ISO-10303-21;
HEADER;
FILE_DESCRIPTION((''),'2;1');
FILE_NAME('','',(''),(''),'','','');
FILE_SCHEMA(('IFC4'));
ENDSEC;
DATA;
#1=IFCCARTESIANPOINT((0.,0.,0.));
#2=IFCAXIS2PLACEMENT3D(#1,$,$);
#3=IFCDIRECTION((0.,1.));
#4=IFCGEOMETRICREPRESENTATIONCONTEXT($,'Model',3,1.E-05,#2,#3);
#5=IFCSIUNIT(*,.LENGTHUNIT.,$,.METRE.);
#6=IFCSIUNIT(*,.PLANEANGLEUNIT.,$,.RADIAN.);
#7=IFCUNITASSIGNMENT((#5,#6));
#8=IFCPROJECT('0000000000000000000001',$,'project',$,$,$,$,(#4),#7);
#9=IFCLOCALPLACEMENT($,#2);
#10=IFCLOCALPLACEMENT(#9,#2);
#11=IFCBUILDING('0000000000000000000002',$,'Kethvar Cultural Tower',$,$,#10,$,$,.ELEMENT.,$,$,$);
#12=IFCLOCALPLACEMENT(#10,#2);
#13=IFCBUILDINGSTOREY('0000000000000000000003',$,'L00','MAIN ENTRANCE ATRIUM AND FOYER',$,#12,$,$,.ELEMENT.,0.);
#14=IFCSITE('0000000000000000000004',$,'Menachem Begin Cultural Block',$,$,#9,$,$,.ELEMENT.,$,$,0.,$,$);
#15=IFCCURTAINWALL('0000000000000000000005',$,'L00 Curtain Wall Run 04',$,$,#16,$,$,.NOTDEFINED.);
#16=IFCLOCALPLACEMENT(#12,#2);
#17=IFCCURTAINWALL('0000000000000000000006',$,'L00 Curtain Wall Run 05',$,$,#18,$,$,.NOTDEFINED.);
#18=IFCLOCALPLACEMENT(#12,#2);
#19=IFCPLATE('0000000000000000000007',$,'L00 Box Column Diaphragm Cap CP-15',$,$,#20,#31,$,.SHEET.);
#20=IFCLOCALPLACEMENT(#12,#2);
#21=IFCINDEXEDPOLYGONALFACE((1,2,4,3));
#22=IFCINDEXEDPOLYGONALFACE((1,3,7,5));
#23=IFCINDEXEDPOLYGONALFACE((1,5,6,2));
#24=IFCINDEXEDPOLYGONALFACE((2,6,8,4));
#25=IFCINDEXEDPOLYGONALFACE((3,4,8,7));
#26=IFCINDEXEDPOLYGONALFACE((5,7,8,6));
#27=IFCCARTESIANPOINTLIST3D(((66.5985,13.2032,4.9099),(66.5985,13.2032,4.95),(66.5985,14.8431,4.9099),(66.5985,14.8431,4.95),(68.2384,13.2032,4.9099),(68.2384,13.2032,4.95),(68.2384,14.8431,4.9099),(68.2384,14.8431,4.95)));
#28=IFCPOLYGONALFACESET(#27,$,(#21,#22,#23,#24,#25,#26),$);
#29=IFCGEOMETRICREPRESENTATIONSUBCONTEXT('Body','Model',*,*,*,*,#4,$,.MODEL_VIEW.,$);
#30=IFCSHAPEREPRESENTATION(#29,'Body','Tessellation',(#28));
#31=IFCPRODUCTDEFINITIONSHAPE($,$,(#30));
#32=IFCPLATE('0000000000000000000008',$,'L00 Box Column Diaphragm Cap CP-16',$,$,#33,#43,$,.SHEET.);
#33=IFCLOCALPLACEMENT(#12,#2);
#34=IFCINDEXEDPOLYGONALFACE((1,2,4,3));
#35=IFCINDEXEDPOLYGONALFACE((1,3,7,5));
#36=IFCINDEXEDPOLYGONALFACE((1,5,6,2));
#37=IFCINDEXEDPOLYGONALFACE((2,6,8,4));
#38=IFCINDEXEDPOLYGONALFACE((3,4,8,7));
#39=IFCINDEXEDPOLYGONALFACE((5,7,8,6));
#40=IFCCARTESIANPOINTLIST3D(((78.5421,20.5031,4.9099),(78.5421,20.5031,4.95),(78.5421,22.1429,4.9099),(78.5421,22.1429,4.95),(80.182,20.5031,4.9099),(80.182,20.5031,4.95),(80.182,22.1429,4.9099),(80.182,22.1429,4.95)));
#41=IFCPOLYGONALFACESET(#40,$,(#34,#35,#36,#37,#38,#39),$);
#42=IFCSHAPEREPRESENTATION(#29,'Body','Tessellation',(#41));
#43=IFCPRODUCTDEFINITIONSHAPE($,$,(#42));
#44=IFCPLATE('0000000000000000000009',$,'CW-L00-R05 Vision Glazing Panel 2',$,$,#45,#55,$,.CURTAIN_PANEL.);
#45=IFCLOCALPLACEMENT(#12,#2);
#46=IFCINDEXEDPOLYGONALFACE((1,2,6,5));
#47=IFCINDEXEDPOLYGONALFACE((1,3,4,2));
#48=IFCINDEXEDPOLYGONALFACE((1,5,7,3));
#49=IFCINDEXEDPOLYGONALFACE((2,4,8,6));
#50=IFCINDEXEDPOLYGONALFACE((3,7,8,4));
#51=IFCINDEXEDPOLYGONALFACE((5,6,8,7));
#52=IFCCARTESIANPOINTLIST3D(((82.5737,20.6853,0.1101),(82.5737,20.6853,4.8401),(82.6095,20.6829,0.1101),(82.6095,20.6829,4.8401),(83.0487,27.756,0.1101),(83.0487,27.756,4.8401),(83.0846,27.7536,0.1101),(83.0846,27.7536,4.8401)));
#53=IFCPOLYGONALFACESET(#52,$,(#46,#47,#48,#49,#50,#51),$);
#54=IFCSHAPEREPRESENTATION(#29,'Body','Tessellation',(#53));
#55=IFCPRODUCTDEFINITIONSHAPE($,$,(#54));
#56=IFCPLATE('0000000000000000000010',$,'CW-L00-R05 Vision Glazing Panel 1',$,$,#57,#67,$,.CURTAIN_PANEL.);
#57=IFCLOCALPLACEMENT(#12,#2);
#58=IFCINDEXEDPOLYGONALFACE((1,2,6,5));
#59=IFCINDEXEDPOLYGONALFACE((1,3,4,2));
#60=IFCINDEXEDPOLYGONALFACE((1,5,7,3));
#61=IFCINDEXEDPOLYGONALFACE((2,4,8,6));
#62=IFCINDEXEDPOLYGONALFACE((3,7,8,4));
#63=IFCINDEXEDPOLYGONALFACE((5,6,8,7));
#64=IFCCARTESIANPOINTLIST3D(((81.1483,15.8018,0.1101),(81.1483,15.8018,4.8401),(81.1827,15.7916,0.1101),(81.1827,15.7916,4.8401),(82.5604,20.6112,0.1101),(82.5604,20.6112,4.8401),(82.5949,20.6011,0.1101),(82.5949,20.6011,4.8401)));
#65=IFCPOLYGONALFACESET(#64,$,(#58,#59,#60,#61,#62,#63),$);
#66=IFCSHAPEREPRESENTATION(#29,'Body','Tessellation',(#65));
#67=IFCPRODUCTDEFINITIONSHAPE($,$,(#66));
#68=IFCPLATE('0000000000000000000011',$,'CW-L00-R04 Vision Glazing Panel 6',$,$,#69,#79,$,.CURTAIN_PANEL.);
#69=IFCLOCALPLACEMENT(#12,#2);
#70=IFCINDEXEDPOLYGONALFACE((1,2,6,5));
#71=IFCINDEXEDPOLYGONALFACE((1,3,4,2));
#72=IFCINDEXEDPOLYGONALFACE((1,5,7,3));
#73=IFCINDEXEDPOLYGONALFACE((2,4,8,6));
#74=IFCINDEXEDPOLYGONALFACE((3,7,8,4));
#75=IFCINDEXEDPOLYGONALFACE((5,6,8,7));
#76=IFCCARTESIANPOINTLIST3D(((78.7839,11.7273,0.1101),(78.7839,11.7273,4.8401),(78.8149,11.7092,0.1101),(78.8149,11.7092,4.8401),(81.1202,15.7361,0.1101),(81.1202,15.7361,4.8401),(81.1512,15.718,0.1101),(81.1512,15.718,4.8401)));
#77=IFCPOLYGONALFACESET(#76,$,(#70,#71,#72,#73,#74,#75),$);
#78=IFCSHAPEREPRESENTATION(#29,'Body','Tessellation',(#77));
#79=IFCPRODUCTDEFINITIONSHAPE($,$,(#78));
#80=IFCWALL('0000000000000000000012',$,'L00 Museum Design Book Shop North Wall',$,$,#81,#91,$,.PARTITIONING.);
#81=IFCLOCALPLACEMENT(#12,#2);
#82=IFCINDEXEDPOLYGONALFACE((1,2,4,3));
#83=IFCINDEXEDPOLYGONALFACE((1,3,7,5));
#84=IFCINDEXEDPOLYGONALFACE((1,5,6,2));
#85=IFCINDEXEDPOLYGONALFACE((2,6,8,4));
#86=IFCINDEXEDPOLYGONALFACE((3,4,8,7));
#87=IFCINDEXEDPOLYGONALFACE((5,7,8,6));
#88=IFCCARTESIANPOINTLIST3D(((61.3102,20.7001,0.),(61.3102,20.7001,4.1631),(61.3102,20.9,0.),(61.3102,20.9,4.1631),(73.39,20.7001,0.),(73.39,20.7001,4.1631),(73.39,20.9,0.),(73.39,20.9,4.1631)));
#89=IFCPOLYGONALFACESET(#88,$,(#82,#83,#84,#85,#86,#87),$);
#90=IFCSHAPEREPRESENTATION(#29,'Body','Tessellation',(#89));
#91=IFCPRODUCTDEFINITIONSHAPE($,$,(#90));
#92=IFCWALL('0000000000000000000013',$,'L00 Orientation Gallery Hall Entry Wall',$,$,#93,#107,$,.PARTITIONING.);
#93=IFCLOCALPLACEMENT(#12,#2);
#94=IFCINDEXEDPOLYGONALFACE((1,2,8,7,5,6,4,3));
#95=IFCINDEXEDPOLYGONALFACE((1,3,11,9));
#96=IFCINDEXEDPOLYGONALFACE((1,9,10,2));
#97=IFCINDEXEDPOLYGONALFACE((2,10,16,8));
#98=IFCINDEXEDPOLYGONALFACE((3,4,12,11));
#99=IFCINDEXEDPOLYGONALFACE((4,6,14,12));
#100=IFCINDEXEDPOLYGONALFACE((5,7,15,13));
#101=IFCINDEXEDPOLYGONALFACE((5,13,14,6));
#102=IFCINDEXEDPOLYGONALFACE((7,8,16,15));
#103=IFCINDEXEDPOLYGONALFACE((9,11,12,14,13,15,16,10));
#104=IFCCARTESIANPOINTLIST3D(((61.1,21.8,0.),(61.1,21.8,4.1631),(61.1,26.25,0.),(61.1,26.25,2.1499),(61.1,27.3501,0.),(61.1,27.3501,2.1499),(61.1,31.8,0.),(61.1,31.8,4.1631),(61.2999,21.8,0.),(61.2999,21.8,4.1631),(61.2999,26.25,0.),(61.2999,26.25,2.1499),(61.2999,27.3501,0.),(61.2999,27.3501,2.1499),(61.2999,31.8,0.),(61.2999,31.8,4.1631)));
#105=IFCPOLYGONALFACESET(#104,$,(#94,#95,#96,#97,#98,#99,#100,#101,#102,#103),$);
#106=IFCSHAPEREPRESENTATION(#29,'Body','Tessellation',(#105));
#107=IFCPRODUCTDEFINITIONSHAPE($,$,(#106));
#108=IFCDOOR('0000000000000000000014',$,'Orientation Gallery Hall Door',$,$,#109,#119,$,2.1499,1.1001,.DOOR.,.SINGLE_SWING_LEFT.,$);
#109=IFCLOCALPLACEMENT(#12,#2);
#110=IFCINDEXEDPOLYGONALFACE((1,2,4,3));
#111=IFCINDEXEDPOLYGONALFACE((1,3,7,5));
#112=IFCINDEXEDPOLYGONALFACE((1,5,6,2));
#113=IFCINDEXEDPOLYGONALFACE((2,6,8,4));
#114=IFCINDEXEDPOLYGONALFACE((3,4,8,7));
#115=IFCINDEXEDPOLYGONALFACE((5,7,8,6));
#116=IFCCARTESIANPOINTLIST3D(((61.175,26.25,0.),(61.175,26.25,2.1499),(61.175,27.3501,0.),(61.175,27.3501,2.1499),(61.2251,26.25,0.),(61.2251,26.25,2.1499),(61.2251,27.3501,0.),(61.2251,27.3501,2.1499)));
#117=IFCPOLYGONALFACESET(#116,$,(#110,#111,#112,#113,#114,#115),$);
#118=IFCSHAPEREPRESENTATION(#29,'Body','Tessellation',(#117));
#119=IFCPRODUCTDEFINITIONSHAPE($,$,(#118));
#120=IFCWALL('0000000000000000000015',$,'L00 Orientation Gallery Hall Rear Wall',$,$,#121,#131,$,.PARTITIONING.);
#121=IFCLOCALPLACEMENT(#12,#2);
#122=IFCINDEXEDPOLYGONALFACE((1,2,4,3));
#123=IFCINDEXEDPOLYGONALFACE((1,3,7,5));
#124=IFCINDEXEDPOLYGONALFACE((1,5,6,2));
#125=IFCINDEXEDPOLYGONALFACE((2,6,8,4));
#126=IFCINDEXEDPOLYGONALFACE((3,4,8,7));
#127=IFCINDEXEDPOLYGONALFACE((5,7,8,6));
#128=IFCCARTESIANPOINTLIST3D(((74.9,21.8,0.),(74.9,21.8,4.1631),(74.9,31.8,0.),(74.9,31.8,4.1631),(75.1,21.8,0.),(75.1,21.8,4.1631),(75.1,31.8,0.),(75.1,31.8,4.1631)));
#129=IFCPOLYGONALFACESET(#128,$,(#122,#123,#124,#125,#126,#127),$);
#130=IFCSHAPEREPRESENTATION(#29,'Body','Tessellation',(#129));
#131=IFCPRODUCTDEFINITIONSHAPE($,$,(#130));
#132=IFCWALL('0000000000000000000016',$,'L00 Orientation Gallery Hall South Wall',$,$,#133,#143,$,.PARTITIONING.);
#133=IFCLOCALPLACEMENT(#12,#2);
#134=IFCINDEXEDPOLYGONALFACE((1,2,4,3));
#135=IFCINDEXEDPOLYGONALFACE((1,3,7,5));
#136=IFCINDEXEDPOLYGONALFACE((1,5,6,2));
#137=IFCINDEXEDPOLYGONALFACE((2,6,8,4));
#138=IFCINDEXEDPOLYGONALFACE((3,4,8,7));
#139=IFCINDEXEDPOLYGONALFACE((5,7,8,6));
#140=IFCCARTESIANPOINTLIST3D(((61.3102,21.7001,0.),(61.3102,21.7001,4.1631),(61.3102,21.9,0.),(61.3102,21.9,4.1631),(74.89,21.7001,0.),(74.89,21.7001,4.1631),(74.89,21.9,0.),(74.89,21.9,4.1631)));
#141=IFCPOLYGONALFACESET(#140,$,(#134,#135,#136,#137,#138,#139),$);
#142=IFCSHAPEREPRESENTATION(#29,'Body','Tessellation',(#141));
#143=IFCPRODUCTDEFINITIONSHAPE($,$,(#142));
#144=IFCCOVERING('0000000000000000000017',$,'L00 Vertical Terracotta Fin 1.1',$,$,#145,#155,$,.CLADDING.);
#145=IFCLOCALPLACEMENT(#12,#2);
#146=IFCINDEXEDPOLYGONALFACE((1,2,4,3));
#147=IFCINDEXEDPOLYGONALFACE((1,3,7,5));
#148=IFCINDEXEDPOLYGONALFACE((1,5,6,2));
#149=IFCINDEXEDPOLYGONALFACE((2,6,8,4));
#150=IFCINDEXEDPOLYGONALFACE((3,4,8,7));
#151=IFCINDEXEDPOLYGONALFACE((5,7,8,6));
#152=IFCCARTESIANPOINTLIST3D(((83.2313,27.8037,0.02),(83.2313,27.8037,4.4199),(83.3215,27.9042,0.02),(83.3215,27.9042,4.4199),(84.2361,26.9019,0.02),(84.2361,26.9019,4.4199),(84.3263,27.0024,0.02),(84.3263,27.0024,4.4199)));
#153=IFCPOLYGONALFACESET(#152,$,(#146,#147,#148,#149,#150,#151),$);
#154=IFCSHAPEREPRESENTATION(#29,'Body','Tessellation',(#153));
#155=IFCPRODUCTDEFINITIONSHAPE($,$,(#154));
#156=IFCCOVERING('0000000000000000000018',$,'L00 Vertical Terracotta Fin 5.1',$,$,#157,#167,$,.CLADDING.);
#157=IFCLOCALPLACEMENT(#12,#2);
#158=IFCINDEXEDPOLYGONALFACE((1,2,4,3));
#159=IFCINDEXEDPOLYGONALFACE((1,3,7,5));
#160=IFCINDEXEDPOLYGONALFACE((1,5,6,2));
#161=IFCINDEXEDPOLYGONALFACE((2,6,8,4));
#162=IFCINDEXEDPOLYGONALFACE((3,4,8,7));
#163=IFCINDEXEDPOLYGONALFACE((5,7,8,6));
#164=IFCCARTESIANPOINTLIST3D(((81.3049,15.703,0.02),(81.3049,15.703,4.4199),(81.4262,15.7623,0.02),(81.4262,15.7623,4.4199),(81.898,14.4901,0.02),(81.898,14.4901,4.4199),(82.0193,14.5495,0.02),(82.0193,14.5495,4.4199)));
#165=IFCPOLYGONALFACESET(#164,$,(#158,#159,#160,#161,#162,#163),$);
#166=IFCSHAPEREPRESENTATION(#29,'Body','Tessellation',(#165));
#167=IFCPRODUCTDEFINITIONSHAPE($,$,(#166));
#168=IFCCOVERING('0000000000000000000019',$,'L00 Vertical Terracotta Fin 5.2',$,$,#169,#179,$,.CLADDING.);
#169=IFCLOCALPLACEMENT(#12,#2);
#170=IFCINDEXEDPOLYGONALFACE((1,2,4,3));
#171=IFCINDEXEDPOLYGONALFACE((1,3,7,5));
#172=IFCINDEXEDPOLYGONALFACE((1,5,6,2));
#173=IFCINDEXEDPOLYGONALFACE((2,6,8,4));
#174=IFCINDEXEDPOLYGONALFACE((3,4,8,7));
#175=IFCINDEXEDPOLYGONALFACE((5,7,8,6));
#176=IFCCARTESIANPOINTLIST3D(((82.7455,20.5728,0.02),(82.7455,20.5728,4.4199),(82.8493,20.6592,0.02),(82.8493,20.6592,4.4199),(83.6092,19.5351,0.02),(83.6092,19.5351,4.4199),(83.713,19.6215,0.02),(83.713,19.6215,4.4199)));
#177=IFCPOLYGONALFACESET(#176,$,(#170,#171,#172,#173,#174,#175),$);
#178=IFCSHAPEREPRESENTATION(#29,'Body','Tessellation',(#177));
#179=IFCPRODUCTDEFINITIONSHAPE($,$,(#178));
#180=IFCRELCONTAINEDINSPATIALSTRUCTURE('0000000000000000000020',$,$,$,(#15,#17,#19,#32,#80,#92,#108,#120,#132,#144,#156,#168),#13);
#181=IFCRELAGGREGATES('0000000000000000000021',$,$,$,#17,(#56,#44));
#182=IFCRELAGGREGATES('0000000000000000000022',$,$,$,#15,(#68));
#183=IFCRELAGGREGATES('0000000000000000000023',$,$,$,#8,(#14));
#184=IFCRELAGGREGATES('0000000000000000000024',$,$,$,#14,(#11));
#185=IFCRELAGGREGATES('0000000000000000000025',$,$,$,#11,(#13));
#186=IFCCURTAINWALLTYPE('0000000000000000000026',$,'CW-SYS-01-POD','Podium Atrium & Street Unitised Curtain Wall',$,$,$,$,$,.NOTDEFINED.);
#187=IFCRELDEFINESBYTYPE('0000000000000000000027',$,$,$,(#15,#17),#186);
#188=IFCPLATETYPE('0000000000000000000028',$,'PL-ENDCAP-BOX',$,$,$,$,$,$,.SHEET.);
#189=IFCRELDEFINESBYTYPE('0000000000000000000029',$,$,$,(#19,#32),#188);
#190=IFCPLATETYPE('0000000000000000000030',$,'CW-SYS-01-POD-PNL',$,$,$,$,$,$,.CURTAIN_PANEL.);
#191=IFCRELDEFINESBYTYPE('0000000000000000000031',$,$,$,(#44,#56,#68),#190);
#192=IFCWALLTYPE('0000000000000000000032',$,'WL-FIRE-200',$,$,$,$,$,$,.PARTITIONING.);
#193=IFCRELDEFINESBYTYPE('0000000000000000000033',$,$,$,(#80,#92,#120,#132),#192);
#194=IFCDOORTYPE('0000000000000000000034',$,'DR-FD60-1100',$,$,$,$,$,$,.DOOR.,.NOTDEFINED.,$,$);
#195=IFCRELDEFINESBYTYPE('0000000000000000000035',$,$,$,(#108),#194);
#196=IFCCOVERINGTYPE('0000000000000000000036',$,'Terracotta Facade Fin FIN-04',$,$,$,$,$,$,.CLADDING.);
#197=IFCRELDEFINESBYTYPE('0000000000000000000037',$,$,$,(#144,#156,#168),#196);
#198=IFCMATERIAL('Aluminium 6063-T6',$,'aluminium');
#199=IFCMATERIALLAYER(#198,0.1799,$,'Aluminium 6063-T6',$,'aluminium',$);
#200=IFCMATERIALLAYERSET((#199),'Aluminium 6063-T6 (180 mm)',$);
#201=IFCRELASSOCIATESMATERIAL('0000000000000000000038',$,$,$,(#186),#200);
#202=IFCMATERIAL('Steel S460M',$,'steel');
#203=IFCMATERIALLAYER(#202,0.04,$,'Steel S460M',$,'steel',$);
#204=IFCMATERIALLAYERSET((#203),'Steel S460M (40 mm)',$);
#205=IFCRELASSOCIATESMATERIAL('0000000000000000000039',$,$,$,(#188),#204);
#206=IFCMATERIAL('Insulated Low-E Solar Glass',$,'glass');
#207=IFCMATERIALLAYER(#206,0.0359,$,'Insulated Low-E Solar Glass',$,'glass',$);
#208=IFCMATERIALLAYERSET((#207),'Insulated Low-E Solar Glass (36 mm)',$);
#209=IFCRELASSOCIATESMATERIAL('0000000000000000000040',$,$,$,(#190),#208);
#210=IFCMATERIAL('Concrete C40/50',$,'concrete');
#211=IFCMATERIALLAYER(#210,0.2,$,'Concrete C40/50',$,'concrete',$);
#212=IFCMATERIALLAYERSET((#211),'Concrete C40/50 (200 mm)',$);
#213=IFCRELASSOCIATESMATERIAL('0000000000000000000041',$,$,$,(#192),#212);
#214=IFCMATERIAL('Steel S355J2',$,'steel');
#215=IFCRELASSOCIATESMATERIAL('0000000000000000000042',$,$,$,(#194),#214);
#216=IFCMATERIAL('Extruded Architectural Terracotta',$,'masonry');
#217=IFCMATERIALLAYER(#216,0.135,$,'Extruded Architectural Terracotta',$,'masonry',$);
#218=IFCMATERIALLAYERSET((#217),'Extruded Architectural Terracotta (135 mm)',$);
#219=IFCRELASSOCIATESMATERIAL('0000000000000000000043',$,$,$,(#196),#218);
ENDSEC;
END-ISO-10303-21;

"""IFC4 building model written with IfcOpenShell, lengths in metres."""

from ifc_helpers import new_model, si_unit, direction, frame, frame_2d, origin, origin_2d, place, context, subcontext, project, spatial, rectangle, extrude, source, transform, mapped, material, layer, layer_set, type_object, element, fill, aggregate, save


model = new_model("IFC4")

# Units and contexts
model_context = context("Model", 3, precision=1e-05, world=origin(), true_north=direction((0.0, 1.0)))
body_context = subcontext(model_context, "Body", "Model", "MODEL_VIEW")
ifc_project = project(units=[si_unit("LENGTHUNIT", "METRE"), si_unit("PLANEANGLEUNIT", "RADIAN")], contexts=[model_context])

# Site, building, storey
site_placement = place(None, origin())
site = spatial("IfcSite", under=ifc_project, at=site_placement, Name="Menachem Begin Cultural Block", CompositionType="ELEMENT", RefElevation=0.0)
building_placement = place(site_placement, origin())
building = spatial("IfcBuilding", under=site, at=building_placement, Name="Kethvar Cultural Tower", CompositionType="ELEMENT")
storey_placement = place(building_placement, origin())
storey = spatial("IfcBuildingStorey", under=building, at=storey_placement, Name="L00", Description="MAIN ENTRANCE ATRIUM AND FOYER", CompositionType="ELEMENT", Elevation=0.0)

# Shared definitions
ifc_material_1 = material(Name="Steel S460M", Category="steel")

# Shared definitions
ifc_material_2 = material(Name="Steel S355J2", Category="steel")

# Curtain walls
ifc_material_3 = material(Name="Aluminium 6063-T6", Category="aluminium")
ifc_layer_1 = layer(ifc_material_3, 0.1799, Name="Aluminium 6063-T6", Category="aluminium")
ifc_layer_set_1 = layer_set([ifc_layer_1], Name="Aluminium 6063-T6 (180 mm)")
curtain_wall_type = type_object("IfcCurtainWallType", Name="CW-SYS-01-POD", Description="Podium Atrium & Street Unitised Curtain Wall", PredefinedType="NOTDEFINED", material=ifc_layer_set_1)
curtain_wall_1_placement = place(storey_placement, origin())
curtain_wall_1 = element("IfcCurtainWall", 1, at=curtain_wall_1_placement, inside=storey, type_object=curtain_wall_type, Name="L00 Curtain Wall Run 04", PredefinedType="NOTDEFINED")
curtain_wall_2_placement = place(storey_placement, origin())
curtain_wall_2 = element("IfcCurtainWall", 2, at=curtain_wall_2_placement, inside=storey, type_object=curtain_wall_type, Name="L00 Curtain Wall Run 05", PredefinedType="NOTDEFINED")

# Plates
ifc_layer_2 = layer(ifc_material_1, 0.04, Name="Steel S460M", Category="steel")
ifc_layer_set_2 = layer_set([ifc_layer_2], Name="Steel S460M (40 mm)")
plate_type_1 = type_object("IfcPlateType", Name="PL-ENDCAP-BOX", PredefinedType="SHEET", material=ifc_layer_set_2)
shared_shape_1 = source(origin(), body_context, "Body", "SweptSolid", [
    extrude(rectangle(XDim=1.6399, YDim=1.6399, at=origin_2d()), origin(), (0.0, 0.0, 1.0), 0.04),
])
for number, where, z_axis, x_axis, name in (
    (3, (67.4185, 14.0232, 4.9099), (0.0, 0.0, 1.0), (1.0, 0.0, 0.0), "L00 Box Column Diaphragm Cap CP-15"),
    (4, (79.3621, 21.323, 4.9099), (0.0, 0.0, 1.0), (1.0, 0.0, 0.0), "L00 Box Column Diaphragm Cap CP-16"),
):
    element("IfcPlate", number, at=place(storey_placement, frame(where, z_axis=z_axis, x_axis=x_axis)), inside=storey, type_object=plate_type_1, Name=name, PredefinedType="SHEET", context=body_context, shape_type="MappedRepresentation", body=[
        mapped(shared_shape_1, transform((0.0, 0.0, 0.0), scale=1.0)),
    ])

# Plates
ifc_material_4 = material(Name="Insulated Low-E Solar Glass", Category="glass")
ifc_layer_3 = layer(ifc_material_4, 0.0359, Name="Insulated Low-E Solar Glass", Category="glass")
ifc_layer_set_3 = layer_set([ifc_layer_3], Name="Insulated Low-E Solar Glass (36 mm)")
plate_type_2 = type_object("IfcPlateType", Name="CW-SYS-01-POD-PNL", PredefinedType="CURTAIN_PANEL", material=ifc_layer_set_3)
shared_shape_2 = source(origin(), body_context, "Body", "SweptSolid", [
    extrude(rectangle(XDim=7.0867, YDim=0.0359, at=origin_2d()), origin(), (0.0, 0.0, 1.0), 4.73),
])
plate_1_placement = place(storey_placement, frame((82.8291, 24.2195, 0.1101), z_axis=(0.0, 0.0, 1.0), x_axis=(0.06704, 0.99775, 0.0)))
plate_1 = element("IfcPlate", 5, at=plate_1_placement, type_object=plate_type_2, Name="CW-L00-R05 Vision Glazing Panel 2", PredefinedType="CURTAIN_PANEL", context=body_context, shape_type="MappedRepresentation", body=[
    mapped(shared_shape_2, transform((0.0, 0.0, 0.0), scale=1.0)),
])
shared_shape_3 = source(origin(), body_context, "Body", "SweptSolid", [
    extrude(rectangle(XDim=5.0125, YDim=0.0359, at=origin_2d()), origin(), (0.0, 0.0, 1.0), 4.73),
])
plate_2_placement = place(storey_placement, frame((81.8716, 18.2014, 0.1101), z_axis=(0.0, 0.0, 1.0), x_axis=(0.281722, 0.959496, 0.0)))
plate_2 = element("IfcPlate", 6, at=plate_2_placement, type_object=plate_type_2, Name="CW-L00-R05 Vision Glazing Panel 1", PredefinedType="CURTAIN_PANEL", context=body_context, shape_type="MappedRepresentation", body=[
    mapped(shared_shape_3, transform((0.0, 0.0, 0.0), scale=1.0)),
])
aggregate(curtain_wall_2, [plate_2, plate_1])
shared_shape_4 = source(origin(), body_context, "Body", "SweptSolid", [
    extrude(rectangle(XDim=4.6399, YDim=0.0359, at=origin_2d()), origin(), (0.0, 0.0, 1.0), 4.73),
])
plate_3_placement = place(storey_placement, frame((79.9675, 13.7227, 0.1101), z_axis=(0.0, 0.0, 1.0), x_axis=(0.503518, 0.863985, 0.0)))
plate_3 = element("IfcPlate", 7, at=plate_3_placement, type_object=plate_type_2, Name="CW-L00-R04 Vision Glazing Panel 6", PredefinedType="CURTAIN_PANEL", context=body_context, shape_type="MappedRepresentation", body=[
    mapped(shared_shape_4, transform((0.0, 0.0, 0.0), scale=1.0)),
])
aggregate(curtain_wall_1, [plate_3])

# Wall
ifc_material_5 = material(Name="Concrete C40/50", Category="concrete")
ifc_layer_4 = layer(ifc_material_5, 0.2, Name="Concrete C40/50", Category="concrete")
ifc_layer_set_4 = layer_set([ifc_layer_4], Name="Concrete C40/50 (200 mm)")
wall_type = type_object("IfcWallType", Name="WL-FIRE-200", PredefinedType="PARTITIONING", material=ifc_layer_set_4)
wall_1_placement = place(storey_placement, frame((61.3101, 20.8, 0.0), z_axis=(0.0, 0.0, 1.0), x_axis=(1.0, 0.0, 0.0)))
element("IfcWall", 8, at=wall_1_placement, inside=storey, type_object=wall_type, Name="L00 Museum Design Book Shop North Wall", PredefinedType="PARTITIONING", context=body_context, shape_type="SweptSolid", body=[
    extrude(rectangle(XDim=12.0798, YDim=0.2, at=frame_2d((6.04, 0.0))), origin(), (0.0, 0.0, 1.0), 4.1631),
])

# Wall, opening, door
wall_2_placement = place(storey_placement, frame((61.2, 21.8, 0.0), z_axis=(0.0, 0.0, 1.0), x_axis=(0.0, 1.0, 0.0)))
wall_2 = element("IfcWall", 9, at=wall_2_placement, inside=storey, type_object=wall_type, Name="L00 Orientation Gallery Hall Entry Wall", PredefinedType="PARTITIONING", context=body_context, shape_type="SweptSolid", body=[
    extrude(rectangle(XDim=10.0, YDim=0.2, at=frame_2d((5.0, 0.0))), origin(), (0.0, 0.0, 1.0), 4.1631),
])
opening_placement = place(wall_2_placement, frame((4.45, 0.0, 0.0)))
opening = element("IfcOpeningElement", 10, at=opening_placement, cuts=wall_2, PredefinedType="OPENING", context=body_context, shape_type="SweptSolid", body=[
    extrude(rectangle(XDim=1.1001, YDim=2.1499, at=frame_2d((0.55, 1.075))), frame((0.0, 0.1099, 0.0), z_axis=(0.0, -1.0, 0.0), x_axis=(1.0, 0.0, 0.0)), (0.0, 0.0, 1.0), 0.22),
])
door_type = type_object("IfcDoorType", Name="DR-FD60-1100", OperationType="NOTDEFINED", PredefinedType="DOOR", material=ifc_material_2)
shared_shape_5 = source(origin(), body_context, "Body", "SweptSolid", [
    extrude(rectangle(XDim=1.1001, YDim=2.1499, at=frame_2d((0.55, 1.075))), frame((0.0, 0.0249, 0.0), z_axis=(0.0, -1.0, 0.0), x_axis=(1.0, 0.0, 0.0)), (0.0, 0.0, 1.0), 0.05),
])
door_placement = place(opening_placement, origin())
door = element("IfcDoor", 11, at=door_placement, inside=storey, type_object=door_type, Name="Orientation Gallery Hall Door", OperationType="SINGLE_SWING_LEFT", OverallHeight=2.1499, OverallWidth=1.1001, PredefinedType="DOOR", context=body_context, shape_type="MappedRepresentation", body=[
    mapped(shared_shape_5, transform((0.0, 0.0, 0.0), scale=1.0)),
])
fill(opening, door)

# Walls
wall_3_placement = place(storey_placement, frame((75.0, 21.8, 0.0), z_axis=(0.0, 0.0, 1.0), x_axis=(0.0, 1.0, 0.0)))
element("IfcWall", 12, at=wall_3_placement, inside=storey, type_object=wall_type, Name="L00 Orientation Gallery Hall Rear Wall", PredefinedType="PARTITIONING", context=body_context, shape_type="SweptSolid", body=[
    extrude(rectangle(XDim=10.0, YDim=0.2, at=frame_2d((5.0, 0.0))), origin(), (0.0, 0.0, 1.0), 4.1631),
])
wall_4_placement = place(storey_placement, frame((61.3101, 21.8, 0.0), z_axis=(0.0, 0.0, 1.0), x_axis=(1.0, 0.0, 0.0)))
element("IfcWall", 13, at=wall_4_placement, inside=storey, type_object=wall_type, Name="L00 Orientation Gallery Hall South Wall", PredefinedType="PARTITIONING", context=body_context, shape_type="SweptSolid", body=[
    extrude(rectangle(XDim=13.5798, YDim=0.2, at=frame_2d((6.79, 0.0))), origin(), (0.0, 0.0, 1.0), 4.1631),
])

# Coverings
ifc_material_6 = material(Name="Extruded Architectural Terracotta", Category="masonry")
ifc_layer_5 = layer(ifc_material_6, 0.135, Name="Extruded Architectural Terracotta", Category="masonry")
ifc_layer_set_5 = layer_set([ifc_layer_5], Name="Extruded Architectural Terracotta (135 mm)")
covering_type = type_object("IfcCoveringType", Name="Terracotta Facade Fin FIN-04", PredefinedType="CLADDING", material=ifc_layer_set_5)
shared_shape_6 = source(origin(), body_context, "Body", "SweptSolid", [
    extrude(rectangle(XDim=1.3501, YDim=0.135, at=origin_2d()), origin(), (0.0, 0.0, 1.0), 4.3999),
])
for number, where, z_axis, x_axis, name in (
    (14, (83.7788, 27.4031, 0.02), (0.0, 0.0, 1.0), (0.744195, -0.667962, 0.0), "L00 Vertical Terracotta Fin 1.1"),
    (15, (81.6621, 15.1262, 0.02), (0.0, 0.0, 1.0), (0.439312, -0.898334, 0.0), "L00 Vertical Terracotta Fin 5.1"),
    (16, (83.2292, 20.0972, 0.02), (0.0, 0.0, 1.0), (0.639707, -0.768619, 0.0), "L00 Vertical Terracotta Fin 5.2"),
):
    element("IfcCovering", number, at=place(storey_placement, frame(where, z_axis=z_axis, x_axis=x_axis)), inside=storey, type_object=covering_type, Name=name, PredefinedType="CLADDING", context=body_context, shape_type="MappedRepresentation", body=[
        mapped(shared_shape_6, transform((0.0, 0.0, 0.0), scale=1.0)),
    ])

save(model, "model.ifc")
